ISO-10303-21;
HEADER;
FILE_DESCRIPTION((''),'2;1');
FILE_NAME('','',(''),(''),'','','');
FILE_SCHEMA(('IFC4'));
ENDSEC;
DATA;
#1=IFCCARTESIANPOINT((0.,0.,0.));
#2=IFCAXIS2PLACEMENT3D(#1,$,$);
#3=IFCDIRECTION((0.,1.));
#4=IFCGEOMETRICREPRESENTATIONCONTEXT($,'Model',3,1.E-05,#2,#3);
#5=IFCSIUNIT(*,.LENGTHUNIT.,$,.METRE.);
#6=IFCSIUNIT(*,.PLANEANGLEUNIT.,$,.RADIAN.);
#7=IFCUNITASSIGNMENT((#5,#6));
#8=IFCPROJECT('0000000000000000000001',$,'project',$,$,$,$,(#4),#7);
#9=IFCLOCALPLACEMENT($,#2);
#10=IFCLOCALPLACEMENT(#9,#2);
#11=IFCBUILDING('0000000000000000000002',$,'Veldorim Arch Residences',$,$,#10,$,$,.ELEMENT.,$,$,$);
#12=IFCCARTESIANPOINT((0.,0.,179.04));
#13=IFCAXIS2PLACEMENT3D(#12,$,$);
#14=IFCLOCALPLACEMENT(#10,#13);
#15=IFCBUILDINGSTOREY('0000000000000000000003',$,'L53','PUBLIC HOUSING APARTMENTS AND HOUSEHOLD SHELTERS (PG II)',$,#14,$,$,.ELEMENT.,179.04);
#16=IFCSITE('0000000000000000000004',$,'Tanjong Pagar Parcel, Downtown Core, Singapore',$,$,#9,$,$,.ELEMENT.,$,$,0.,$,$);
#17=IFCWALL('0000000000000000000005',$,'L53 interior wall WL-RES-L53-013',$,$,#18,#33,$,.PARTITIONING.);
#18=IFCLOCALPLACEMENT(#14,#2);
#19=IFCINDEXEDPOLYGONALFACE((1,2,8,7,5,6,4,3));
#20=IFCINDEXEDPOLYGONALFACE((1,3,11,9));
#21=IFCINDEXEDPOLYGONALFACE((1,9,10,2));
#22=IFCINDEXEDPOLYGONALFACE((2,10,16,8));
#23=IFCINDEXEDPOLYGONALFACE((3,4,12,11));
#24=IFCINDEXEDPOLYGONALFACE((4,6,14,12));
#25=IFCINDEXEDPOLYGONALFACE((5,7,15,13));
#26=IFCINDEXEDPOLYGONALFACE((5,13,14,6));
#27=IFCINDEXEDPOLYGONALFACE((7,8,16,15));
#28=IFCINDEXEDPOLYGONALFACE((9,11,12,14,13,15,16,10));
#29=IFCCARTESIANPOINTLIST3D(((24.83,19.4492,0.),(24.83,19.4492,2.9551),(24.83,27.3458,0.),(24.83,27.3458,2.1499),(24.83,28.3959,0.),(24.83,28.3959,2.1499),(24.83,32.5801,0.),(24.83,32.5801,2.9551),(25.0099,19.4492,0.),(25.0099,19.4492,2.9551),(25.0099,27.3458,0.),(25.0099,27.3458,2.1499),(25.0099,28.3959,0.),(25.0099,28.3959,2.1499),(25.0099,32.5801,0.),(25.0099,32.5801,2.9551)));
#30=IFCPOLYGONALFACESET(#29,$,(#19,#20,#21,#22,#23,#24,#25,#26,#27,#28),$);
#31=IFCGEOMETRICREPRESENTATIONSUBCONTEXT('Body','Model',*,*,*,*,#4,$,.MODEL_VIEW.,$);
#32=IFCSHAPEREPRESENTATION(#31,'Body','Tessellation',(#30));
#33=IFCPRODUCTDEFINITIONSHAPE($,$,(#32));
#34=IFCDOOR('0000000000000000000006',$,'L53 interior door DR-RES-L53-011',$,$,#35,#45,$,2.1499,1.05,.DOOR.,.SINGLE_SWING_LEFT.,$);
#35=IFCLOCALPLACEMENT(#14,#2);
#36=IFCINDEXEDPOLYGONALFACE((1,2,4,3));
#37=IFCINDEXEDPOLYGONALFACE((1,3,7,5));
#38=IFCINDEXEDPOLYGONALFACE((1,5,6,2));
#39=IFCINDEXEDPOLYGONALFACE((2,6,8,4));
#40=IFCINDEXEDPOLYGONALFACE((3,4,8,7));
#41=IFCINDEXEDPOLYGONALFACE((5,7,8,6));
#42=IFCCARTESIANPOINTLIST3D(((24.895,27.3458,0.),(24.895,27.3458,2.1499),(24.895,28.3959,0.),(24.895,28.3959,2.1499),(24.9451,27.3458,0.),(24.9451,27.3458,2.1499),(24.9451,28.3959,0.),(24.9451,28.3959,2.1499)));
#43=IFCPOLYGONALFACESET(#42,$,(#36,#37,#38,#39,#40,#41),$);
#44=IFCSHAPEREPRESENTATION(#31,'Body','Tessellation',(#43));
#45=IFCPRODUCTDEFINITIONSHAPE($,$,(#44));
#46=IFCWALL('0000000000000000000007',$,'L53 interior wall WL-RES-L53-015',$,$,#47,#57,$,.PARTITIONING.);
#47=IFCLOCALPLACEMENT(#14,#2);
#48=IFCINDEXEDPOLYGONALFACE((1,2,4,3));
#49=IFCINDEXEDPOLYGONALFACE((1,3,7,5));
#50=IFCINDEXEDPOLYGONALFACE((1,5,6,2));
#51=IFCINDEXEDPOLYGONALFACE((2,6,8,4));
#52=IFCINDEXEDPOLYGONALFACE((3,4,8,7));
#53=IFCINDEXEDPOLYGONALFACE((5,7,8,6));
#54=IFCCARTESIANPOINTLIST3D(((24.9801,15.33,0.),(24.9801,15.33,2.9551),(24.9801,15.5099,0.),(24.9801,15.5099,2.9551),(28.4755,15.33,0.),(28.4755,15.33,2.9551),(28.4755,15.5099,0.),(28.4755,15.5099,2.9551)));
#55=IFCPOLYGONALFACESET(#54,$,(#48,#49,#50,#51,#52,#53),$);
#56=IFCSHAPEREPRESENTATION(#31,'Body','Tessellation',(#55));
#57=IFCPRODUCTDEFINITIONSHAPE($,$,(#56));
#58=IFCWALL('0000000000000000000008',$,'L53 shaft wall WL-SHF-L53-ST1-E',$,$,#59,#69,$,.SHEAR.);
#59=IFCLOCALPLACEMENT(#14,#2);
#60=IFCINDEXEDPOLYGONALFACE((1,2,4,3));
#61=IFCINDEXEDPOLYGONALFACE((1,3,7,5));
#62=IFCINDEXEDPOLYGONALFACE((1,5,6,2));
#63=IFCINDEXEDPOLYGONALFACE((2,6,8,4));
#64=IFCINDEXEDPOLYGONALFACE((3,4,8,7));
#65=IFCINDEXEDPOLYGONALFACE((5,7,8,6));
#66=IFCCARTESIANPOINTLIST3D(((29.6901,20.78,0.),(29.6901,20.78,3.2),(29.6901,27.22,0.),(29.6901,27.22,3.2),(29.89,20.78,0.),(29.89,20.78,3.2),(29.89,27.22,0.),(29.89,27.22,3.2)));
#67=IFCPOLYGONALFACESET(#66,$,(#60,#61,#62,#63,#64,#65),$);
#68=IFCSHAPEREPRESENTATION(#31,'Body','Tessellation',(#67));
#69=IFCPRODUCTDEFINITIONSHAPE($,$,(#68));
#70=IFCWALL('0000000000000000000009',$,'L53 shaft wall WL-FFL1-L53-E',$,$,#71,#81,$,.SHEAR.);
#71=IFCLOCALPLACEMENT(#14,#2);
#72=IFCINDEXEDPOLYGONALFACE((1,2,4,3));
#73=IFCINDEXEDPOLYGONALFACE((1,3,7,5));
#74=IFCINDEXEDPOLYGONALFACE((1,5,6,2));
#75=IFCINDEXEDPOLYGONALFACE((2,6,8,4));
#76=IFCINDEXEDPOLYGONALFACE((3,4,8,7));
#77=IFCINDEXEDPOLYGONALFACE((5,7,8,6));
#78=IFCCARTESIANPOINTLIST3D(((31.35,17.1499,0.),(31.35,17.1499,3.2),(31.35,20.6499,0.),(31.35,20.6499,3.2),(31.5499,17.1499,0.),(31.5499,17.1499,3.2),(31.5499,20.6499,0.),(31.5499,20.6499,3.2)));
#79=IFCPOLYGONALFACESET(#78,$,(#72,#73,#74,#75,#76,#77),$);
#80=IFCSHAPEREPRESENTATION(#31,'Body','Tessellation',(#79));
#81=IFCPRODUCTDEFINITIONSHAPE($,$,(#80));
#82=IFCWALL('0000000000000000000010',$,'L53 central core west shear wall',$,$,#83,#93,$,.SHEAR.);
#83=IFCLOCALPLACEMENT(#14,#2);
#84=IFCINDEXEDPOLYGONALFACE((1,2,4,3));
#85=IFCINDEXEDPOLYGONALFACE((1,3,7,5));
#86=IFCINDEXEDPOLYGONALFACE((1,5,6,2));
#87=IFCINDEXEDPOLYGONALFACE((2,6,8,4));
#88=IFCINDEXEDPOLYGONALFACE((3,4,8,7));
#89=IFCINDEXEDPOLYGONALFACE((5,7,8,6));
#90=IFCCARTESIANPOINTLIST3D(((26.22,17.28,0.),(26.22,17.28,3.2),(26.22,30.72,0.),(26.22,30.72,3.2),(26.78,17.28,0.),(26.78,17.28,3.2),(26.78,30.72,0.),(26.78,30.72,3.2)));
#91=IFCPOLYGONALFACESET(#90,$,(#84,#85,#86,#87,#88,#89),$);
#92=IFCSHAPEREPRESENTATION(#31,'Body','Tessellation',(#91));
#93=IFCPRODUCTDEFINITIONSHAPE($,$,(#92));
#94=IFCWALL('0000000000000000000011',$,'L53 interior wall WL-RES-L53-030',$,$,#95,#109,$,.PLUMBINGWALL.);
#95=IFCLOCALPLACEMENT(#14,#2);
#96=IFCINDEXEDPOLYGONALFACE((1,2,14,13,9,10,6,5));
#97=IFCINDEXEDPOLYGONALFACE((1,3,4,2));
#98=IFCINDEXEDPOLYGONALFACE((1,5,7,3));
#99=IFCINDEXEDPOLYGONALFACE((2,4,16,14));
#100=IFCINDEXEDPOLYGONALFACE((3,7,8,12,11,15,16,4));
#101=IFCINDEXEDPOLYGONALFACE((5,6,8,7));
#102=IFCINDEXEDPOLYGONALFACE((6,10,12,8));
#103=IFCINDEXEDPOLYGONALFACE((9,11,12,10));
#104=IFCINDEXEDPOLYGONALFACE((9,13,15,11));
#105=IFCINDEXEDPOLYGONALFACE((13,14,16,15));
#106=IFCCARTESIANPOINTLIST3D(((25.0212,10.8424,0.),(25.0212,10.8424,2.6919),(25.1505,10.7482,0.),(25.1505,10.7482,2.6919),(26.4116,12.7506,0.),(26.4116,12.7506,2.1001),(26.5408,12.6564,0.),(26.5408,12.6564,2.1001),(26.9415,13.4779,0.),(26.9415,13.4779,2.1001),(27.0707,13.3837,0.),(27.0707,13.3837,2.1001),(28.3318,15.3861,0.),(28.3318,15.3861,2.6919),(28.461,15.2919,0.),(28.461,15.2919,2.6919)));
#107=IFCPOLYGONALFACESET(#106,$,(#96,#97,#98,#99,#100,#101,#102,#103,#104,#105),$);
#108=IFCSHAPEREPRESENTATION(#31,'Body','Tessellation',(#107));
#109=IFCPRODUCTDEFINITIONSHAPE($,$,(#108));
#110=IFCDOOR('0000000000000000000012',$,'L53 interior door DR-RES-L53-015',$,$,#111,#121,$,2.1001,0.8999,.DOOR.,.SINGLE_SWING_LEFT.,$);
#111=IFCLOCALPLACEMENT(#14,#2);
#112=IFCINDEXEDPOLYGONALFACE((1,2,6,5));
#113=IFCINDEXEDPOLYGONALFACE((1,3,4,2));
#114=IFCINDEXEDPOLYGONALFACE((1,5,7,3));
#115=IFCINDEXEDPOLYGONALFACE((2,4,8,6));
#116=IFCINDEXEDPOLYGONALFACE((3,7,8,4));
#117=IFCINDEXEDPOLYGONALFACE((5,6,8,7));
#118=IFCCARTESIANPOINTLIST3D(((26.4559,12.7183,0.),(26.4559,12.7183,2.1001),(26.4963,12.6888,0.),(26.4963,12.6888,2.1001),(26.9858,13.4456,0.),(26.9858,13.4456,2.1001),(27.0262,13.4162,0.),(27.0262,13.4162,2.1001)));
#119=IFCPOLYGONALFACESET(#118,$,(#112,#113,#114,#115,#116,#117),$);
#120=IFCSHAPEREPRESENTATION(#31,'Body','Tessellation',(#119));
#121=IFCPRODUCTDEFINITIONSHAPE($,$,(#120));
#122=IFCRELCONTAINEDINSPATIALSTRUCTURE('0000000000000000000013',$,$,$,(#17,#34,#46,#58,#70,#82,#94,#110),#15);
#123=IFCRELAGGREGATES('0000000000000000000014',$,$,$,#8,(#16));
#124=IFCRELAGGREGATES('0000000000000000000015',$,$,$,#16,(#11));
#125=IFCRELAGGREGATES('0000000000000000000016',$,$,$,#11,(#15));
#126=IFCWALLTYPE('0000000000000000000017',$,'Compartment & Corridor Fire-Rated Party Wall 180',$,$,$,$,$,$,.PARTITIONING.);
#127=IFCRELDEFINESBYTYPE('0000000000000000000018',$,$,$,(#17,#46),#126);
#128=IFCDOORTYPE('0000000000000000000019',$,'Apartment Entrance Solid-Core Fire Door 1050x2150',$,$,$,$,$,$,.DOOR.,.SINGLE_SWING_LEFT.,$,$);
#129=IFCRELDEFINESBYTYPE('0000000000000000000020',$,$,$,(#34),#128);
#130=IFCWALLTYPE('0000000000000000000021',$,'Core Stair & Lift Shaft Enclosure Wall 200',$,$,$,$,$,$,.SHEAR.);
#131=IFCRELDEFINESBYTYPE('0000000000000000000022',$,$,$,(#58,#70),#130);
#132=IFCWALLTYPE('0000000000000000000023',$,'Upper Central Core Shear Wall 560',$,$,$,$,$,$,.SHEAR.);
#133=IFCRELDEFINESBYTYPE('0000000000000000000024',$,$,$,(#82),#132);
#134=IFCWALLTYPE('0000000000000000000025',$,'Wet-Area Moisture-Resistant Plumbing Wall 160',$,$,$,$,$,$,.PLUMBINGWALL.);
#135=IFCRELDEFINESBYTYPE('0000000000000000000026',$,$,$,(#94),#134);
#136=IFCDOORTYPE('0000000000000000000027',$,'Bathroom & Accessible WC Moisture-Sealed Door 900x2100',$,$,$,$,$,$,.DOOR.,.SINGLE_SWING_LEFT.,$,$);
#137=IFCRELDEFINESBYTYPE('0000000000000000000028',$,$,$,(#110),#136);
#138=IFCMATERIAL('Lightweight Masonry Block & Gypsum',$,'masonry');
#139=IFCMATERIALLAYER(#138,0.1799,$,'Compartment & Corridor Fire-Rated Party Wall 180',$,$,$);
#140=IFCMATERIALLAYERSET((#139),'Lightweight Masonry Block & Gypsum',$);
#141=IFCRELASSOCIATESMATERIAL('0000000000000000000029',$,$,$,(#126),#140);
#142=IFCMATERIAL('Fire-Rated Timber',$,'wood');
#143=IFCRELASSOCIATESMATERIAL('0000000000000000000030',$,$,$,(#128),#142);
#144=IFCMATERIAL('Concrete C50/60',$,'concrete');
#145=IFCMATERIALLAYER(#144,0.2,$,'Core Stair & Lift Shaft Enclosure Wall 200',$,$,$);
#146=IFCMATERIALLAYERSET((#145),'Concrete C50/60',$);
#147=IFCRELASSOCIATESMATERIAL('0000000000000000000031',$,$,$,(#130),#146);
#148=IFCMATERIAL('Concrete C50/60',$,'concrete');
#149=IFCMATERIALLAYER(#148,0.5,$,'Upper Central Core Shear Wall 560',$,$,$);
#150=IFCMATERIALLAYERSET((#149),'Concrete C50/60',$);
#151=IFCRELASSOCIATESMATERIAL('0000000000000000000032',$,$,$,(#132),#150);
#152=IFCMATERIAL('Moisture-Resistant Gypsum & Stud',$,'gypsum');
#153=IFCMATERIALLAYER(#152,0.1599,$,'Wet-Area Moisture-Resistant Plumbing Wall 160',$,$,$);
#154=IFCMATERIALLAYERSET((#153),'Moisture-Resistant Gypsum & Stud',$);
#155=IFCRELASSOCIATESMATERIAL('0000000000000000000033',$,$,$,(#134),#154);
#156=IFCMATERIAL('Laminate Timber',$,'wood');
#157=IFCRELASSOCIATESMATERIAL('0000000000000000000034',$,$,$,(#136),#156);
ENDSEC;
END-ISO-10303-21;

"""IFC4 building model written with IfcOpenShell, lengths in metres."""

from ifc_helpers import new_model, si_unit, direction, frame, frame_2d, origin, place, context, subcontext, project, spatial, rectangle, extrude, material, layer, layer_set, type_object, element, fill, save


model = new_model("IFC4")

# Units and contexts
model_context = context("Model", 3, precision=1e-05, world=origin(), true_north=direction((0.0, 1.0)))
body_context = subcontext(model_context, "Body", "Model", "MODEL_VIEW")
ifc_project = project(units=[si_unit("LENGTHUNIT", "METRE"), si_unit("PLANEANGLEUNIT", "RADIAN")], contexts=[model_context])

# Site, building, storey
site_placement = place(None, origin())
site = spatial("IfcSite", under=ifc_project, at=site_placement, Name="Tanjong Pagar Parcel, Downtown Core, Singapore", CompositionType="ELEMENT", RefElevation=0.0)
building_placement = place(site_placement, origin())
building = spatial("IfcBuilding", under=site, at=building_placement, Name="Veldorim Arch Residences", CompositionType="ELEMENT")
storey_placement = place(building_placement, frame((0.0, 0.0, 179.04)))
storey = spatial("IfcBuildingStorey", under=building, at=storey_placement, Name="L53", Description="PUBLIC HOUSING APARTMENTS AND HOUSEHOLD SHELTERS (PG II)", CompositionType="ELEMENT", Elevation=179.04)

# Shared definitions
ifc_material_1 = material(Name="Lightweight Masonry Block & Gypsum", Category="masonry")
ifc_layer_1 = layer(ifc_material_1, 0.1799, Name="Compartment & Corridor Fire-Rated Party Wall 180")
ifc_layer_set_1 = layer_set([ifc_layer_1], Name="Lightweight Masonry Block & Gypsum")
wall_type_1 = type_object("IfcWallType", Name="Compartment & Corridor Fire-Rated Party Wall 180", PredefinedType="PARTITIONING", material=ifc_layer_set_1)

# Wall, opening, door
wall_1_placement = place(storey_placement, frame((24.9199, 19.4492, 0.0), z_axis=(0.0, 0.0, 1.0), x_axis=(0.0, 1.0, 0.0)))
wall_1 = element("IfcWall", 1, at=wall_1_placement, inside=storey, type_object=wall_type_1, Name="L53 interior wall WL-RES-L53-013", PredefinedType="PARTITIONING", context=body_context, shape_type="SweptSolid", body=[
    extrude(rectangle(XDim=13.1309, YDim=0.1799, at=frame_2d((6.5654, 0.0))), origin(), (0.0, 0.0, 1.0), 2.9551),
])
opening_1_placement = place(wall_1_placement, frame((7.8967, 0.0, 0.0)))
opening_1 = element("IfcOpeningElement", 2, at=opening_1_placement, cuts=wall_1, PredefinedType="OPENING", context=body_context, shape_type="SweptSolid", body=[
    extrude(rectangle(XDim=1.05, YDim=2.1499, at=frame_2d((0.5249, 1.075))), frame((0.0, 0.0999, 0.0), z_axis=(0.0, -1.0, 0.0), x_axis=(1.0, 0.0, 0.0)), (0.0, 0.0, 1.0), 0.2),
])
ifc_material_2 = material(Name="Fire-Rated Timber", Category="wood")
door_type_1 = type_object("IfcDoorType", Name="Apartment Entrance Solid-Core Fire Door 1050x2150", OperationType="SINGLE_SWING_LEFT", PredefinedType="DOOR", material=ifc_material_2)
door_1_placement = place(opening_1_placement, origin())
door_1 = element("IfcDoor", 3, at=door_1_placement, inside=storey, type_object=door_type_1, Name="L53 interior door DR-RES-L53-011", OperationType="SINGLE_SWING_LEFT", OverallHeight=2.1499, OverallWidth=1.05, PredefinedType="DOOR", context=body_context, shape_type="SweptSolid", body=[
    extrude(rectangle(XDim=1.05, YDim=2.1499, at=frame_2d((0.5249, 1.075))), frame((0.0, 0.0249, 0.0), z_axis=(0.0, -1.0, 0.0), x_axis=(1.0, 0.0, 0.0)), (0.0, 0.0, 1.0), 0.05),
])
fill(opening_1, door_1)

# Walls
wall_2_placement = place(storey_placement, frame((28.4753, 15.4199, 0.0), z_axis=(0.0, 0.0, 1.0), x_axis=(-1.0, 0.0, 0.0)))
element("IfcWall", 4, at=wall_2_placement, inside=storey, type_object=wall_type_1, Name="L53 interior wall WL-RES-L53-015", PredefinedType="PARTITIONING", context=body_context, shape_type="SweptSolid", body=[
    extrude(rectangle(XDim=3.4954, YDim=0.1799, at=frame_2d((1.7476, 0.0))), origin(), (0.0, 0.0, 1.0), 2.9551),
])
ifc_material_3 = material(Name="Concrete C50/60", Category="concrete")
ifc_layer_2 = layer(ifc_material_3, 0.2, Name="Core Stair & Lift Shaft Enclosure Wall 200")
ifc_layer_set_2 = layer_set([ifc_layer_2], Name="Concrete C50/60")
wall_type_2 = type_object("IfcWallType", Name="Core Stair & Lift Shaft Enclosure Wall 200", PredefinedType="SHEAR", material=ifc_layer_set_2)
wall_3_placement = place(storey_placement, frame((29.79, 20.78, 0.0), z_axis=(0.0, 0.0, 1.0), x_axis=(0.0, 1.0, 0.0)))
element("IfcWall", 5, at=wall_3_placement, inside=storey, type_object=wall_type_2, Name="L53 shaft wall WL-SHF-L53-ST1-E", PredefinedType="SHEAR", context=body_context, shape_type="SweptSolid", body=[
    extrude(rectangle(XDim=6.4399, YDim=0.2, at=frame_2d((3.22, 0.0))), origin(), (0.0, 0.0, 1.0), 3.2),
])

# Wall
wall_4_placement = place(storey_placement, frame((31.45, 17.1499, 0.0), z_axis=(0.0, 0.0, 1.0), x_axis=(0.0, 1.0, 0.0)))
element("IfcWall", 6, at=wall_4_placement, inside=storey, type_object=wall_type_2, Name="L53 shaft wall WL-FFL1-L53-E", PredefinedType="SHEAR", context=body_context, shape_type="SweptSolid", body=[
    extrude(rectangle(XDim=3.5, YDim=0.2, at=frame_2d((1.75, 0.0))), origin(), (0.0, 0.0, 1.0), 3.2),
])

# Shared definitions
ifc_material_4 = material(Name="Concrete C50/60", Category="concrete")
ifc_layer_3 = layer(ifc_material_4, 0.5, Name="Upper Central Core Shear Wall 560")
ifc_layer_set_3 = layer_set([ifc_layer_3], Name="Concrete C50/60")
wall_type_3 = type_object("IfcWallType", Name="Upper Central Core Shear Wall 560", PredefinedType="SHEAR", material=ifc_layer_set_3)

# Wall
wall_5_placement = place(storey_placement, frame((26.5, 17.28, 0.0), z_axis=(0.0, 0.0, 1.0), x_axis=(0.0, 1.0, 0.0)))
element("IfcWall", 7, at=wall_5_placement, inside=storey, type_object=wall_type_3, Name="L53 central core west shear wall", PredefinedType="SHEAR", context=body_context, shape_type="SweptSolid", body=[
    extrude(rectangle(XDim=13.4399, YDim=0.5601, at=frame_2d((6.72, 0.0))), origin(), (0.0, 0.0, 1.0), 3.2),
])

# Wall, opening, door
ifc_material_5 = material(Name="Moisture-Resistant Gypsum & Stud", Category="gypsum")
ifc_layer_4 = layer(ifc_material_5, 0.1599, Name="Wet-Area Moisture-Resistant Plumbing Wall 160")
ifc_layer_set_4 = layer_set([ifc_layer_4], Name="Moisture-Resistant Gypsum & Stud")
wall_type_4 = type_object("IfcWallType", Name="Wet-Area Moisture-Resistant Plumbing Wall 160", PredefinedType="PLUMBINGWALL", material=ifc_layer_set_4)
wall_6_placement = place(storey_placement, frame((28.3965, 15.3391, 0.0), z_axis=(0.0, 0.0, 1.0), x_axis=(-0.588874, -0.808225, 0.0)))
wall_6 = element("IfcWall", 8, at=wall_6_placement, inside=storey, type_object=wall_type_4, Name="L53 interior wall WL-RES-L53-030", PredefinedType="PLUMBINGWALL", context=body_context, shape_type="SweptSolid", body=[
    extrude(rectangle(XDim=5.6218, YDim=0.1599, at=frame_2d((2.811, 0.0))), origin(), (0.0, 0.0, 1.0), 2.6919),
])
opening_2_placement = place(wall_6_placement, frame((2.3611, 0.0, 0.0)))
opening_2 = element("IfcOpeningElement", 9, at=opening_2_placement, cuts=wall_6, PredefinedType="OPENING", context=body_context, shape_type="SweptSolid", body=[
    extrude(rectangle(XDim=0.8999, YDim=2.1001, at=frame_2d((0.45, 1.05))), frame((0.0, 0.0898, 0.0), z_axis=(0.0, -1.0, 0.0), x_axis=(1.0, 0.0, 0.0)), (0.0, 0.0, 1.0), 0.1799),
])
ifc_material_6 = material(Name="Laminate Timber", Category="wood")
door_type_2 = type_object("IfcDoorType", Name="Bathroom & Accessible WC Moisture-Sealed Door 900x2100", OperationType="SINGLE_SWING_LEFT", PredefinedType="DOOR", material=ifc_material_6)
door_2_placement = place(opening_2_placement, origin())
door_2 = element("IfcDoor", 10, at=door_2_placement, inside=storey, type_object=door_type_2, Name="L53 interior door DR-RES-L53-015", OperationType="SINGLE_SWING_LEFT", OverallHeight=2.1001, OverallWidth=0.8999, PredefinedType="DOOR", context=body_context, shape_type="SweptSolid", body=[
    extrude(rectangle(XDim=0.8999, YDim=2.1001, at=frame_2d((0.45, 1.05))), frame((0.0, 0.0249, 0.0), z_axis=(0.0, -1.0, 0.0), x_axis=(1.0, 0.0, 0.0)), (0.0, 0.0, 1.0), 0.05),
])
fill(opening_2, door_2)

save(model, "model.ifc")
